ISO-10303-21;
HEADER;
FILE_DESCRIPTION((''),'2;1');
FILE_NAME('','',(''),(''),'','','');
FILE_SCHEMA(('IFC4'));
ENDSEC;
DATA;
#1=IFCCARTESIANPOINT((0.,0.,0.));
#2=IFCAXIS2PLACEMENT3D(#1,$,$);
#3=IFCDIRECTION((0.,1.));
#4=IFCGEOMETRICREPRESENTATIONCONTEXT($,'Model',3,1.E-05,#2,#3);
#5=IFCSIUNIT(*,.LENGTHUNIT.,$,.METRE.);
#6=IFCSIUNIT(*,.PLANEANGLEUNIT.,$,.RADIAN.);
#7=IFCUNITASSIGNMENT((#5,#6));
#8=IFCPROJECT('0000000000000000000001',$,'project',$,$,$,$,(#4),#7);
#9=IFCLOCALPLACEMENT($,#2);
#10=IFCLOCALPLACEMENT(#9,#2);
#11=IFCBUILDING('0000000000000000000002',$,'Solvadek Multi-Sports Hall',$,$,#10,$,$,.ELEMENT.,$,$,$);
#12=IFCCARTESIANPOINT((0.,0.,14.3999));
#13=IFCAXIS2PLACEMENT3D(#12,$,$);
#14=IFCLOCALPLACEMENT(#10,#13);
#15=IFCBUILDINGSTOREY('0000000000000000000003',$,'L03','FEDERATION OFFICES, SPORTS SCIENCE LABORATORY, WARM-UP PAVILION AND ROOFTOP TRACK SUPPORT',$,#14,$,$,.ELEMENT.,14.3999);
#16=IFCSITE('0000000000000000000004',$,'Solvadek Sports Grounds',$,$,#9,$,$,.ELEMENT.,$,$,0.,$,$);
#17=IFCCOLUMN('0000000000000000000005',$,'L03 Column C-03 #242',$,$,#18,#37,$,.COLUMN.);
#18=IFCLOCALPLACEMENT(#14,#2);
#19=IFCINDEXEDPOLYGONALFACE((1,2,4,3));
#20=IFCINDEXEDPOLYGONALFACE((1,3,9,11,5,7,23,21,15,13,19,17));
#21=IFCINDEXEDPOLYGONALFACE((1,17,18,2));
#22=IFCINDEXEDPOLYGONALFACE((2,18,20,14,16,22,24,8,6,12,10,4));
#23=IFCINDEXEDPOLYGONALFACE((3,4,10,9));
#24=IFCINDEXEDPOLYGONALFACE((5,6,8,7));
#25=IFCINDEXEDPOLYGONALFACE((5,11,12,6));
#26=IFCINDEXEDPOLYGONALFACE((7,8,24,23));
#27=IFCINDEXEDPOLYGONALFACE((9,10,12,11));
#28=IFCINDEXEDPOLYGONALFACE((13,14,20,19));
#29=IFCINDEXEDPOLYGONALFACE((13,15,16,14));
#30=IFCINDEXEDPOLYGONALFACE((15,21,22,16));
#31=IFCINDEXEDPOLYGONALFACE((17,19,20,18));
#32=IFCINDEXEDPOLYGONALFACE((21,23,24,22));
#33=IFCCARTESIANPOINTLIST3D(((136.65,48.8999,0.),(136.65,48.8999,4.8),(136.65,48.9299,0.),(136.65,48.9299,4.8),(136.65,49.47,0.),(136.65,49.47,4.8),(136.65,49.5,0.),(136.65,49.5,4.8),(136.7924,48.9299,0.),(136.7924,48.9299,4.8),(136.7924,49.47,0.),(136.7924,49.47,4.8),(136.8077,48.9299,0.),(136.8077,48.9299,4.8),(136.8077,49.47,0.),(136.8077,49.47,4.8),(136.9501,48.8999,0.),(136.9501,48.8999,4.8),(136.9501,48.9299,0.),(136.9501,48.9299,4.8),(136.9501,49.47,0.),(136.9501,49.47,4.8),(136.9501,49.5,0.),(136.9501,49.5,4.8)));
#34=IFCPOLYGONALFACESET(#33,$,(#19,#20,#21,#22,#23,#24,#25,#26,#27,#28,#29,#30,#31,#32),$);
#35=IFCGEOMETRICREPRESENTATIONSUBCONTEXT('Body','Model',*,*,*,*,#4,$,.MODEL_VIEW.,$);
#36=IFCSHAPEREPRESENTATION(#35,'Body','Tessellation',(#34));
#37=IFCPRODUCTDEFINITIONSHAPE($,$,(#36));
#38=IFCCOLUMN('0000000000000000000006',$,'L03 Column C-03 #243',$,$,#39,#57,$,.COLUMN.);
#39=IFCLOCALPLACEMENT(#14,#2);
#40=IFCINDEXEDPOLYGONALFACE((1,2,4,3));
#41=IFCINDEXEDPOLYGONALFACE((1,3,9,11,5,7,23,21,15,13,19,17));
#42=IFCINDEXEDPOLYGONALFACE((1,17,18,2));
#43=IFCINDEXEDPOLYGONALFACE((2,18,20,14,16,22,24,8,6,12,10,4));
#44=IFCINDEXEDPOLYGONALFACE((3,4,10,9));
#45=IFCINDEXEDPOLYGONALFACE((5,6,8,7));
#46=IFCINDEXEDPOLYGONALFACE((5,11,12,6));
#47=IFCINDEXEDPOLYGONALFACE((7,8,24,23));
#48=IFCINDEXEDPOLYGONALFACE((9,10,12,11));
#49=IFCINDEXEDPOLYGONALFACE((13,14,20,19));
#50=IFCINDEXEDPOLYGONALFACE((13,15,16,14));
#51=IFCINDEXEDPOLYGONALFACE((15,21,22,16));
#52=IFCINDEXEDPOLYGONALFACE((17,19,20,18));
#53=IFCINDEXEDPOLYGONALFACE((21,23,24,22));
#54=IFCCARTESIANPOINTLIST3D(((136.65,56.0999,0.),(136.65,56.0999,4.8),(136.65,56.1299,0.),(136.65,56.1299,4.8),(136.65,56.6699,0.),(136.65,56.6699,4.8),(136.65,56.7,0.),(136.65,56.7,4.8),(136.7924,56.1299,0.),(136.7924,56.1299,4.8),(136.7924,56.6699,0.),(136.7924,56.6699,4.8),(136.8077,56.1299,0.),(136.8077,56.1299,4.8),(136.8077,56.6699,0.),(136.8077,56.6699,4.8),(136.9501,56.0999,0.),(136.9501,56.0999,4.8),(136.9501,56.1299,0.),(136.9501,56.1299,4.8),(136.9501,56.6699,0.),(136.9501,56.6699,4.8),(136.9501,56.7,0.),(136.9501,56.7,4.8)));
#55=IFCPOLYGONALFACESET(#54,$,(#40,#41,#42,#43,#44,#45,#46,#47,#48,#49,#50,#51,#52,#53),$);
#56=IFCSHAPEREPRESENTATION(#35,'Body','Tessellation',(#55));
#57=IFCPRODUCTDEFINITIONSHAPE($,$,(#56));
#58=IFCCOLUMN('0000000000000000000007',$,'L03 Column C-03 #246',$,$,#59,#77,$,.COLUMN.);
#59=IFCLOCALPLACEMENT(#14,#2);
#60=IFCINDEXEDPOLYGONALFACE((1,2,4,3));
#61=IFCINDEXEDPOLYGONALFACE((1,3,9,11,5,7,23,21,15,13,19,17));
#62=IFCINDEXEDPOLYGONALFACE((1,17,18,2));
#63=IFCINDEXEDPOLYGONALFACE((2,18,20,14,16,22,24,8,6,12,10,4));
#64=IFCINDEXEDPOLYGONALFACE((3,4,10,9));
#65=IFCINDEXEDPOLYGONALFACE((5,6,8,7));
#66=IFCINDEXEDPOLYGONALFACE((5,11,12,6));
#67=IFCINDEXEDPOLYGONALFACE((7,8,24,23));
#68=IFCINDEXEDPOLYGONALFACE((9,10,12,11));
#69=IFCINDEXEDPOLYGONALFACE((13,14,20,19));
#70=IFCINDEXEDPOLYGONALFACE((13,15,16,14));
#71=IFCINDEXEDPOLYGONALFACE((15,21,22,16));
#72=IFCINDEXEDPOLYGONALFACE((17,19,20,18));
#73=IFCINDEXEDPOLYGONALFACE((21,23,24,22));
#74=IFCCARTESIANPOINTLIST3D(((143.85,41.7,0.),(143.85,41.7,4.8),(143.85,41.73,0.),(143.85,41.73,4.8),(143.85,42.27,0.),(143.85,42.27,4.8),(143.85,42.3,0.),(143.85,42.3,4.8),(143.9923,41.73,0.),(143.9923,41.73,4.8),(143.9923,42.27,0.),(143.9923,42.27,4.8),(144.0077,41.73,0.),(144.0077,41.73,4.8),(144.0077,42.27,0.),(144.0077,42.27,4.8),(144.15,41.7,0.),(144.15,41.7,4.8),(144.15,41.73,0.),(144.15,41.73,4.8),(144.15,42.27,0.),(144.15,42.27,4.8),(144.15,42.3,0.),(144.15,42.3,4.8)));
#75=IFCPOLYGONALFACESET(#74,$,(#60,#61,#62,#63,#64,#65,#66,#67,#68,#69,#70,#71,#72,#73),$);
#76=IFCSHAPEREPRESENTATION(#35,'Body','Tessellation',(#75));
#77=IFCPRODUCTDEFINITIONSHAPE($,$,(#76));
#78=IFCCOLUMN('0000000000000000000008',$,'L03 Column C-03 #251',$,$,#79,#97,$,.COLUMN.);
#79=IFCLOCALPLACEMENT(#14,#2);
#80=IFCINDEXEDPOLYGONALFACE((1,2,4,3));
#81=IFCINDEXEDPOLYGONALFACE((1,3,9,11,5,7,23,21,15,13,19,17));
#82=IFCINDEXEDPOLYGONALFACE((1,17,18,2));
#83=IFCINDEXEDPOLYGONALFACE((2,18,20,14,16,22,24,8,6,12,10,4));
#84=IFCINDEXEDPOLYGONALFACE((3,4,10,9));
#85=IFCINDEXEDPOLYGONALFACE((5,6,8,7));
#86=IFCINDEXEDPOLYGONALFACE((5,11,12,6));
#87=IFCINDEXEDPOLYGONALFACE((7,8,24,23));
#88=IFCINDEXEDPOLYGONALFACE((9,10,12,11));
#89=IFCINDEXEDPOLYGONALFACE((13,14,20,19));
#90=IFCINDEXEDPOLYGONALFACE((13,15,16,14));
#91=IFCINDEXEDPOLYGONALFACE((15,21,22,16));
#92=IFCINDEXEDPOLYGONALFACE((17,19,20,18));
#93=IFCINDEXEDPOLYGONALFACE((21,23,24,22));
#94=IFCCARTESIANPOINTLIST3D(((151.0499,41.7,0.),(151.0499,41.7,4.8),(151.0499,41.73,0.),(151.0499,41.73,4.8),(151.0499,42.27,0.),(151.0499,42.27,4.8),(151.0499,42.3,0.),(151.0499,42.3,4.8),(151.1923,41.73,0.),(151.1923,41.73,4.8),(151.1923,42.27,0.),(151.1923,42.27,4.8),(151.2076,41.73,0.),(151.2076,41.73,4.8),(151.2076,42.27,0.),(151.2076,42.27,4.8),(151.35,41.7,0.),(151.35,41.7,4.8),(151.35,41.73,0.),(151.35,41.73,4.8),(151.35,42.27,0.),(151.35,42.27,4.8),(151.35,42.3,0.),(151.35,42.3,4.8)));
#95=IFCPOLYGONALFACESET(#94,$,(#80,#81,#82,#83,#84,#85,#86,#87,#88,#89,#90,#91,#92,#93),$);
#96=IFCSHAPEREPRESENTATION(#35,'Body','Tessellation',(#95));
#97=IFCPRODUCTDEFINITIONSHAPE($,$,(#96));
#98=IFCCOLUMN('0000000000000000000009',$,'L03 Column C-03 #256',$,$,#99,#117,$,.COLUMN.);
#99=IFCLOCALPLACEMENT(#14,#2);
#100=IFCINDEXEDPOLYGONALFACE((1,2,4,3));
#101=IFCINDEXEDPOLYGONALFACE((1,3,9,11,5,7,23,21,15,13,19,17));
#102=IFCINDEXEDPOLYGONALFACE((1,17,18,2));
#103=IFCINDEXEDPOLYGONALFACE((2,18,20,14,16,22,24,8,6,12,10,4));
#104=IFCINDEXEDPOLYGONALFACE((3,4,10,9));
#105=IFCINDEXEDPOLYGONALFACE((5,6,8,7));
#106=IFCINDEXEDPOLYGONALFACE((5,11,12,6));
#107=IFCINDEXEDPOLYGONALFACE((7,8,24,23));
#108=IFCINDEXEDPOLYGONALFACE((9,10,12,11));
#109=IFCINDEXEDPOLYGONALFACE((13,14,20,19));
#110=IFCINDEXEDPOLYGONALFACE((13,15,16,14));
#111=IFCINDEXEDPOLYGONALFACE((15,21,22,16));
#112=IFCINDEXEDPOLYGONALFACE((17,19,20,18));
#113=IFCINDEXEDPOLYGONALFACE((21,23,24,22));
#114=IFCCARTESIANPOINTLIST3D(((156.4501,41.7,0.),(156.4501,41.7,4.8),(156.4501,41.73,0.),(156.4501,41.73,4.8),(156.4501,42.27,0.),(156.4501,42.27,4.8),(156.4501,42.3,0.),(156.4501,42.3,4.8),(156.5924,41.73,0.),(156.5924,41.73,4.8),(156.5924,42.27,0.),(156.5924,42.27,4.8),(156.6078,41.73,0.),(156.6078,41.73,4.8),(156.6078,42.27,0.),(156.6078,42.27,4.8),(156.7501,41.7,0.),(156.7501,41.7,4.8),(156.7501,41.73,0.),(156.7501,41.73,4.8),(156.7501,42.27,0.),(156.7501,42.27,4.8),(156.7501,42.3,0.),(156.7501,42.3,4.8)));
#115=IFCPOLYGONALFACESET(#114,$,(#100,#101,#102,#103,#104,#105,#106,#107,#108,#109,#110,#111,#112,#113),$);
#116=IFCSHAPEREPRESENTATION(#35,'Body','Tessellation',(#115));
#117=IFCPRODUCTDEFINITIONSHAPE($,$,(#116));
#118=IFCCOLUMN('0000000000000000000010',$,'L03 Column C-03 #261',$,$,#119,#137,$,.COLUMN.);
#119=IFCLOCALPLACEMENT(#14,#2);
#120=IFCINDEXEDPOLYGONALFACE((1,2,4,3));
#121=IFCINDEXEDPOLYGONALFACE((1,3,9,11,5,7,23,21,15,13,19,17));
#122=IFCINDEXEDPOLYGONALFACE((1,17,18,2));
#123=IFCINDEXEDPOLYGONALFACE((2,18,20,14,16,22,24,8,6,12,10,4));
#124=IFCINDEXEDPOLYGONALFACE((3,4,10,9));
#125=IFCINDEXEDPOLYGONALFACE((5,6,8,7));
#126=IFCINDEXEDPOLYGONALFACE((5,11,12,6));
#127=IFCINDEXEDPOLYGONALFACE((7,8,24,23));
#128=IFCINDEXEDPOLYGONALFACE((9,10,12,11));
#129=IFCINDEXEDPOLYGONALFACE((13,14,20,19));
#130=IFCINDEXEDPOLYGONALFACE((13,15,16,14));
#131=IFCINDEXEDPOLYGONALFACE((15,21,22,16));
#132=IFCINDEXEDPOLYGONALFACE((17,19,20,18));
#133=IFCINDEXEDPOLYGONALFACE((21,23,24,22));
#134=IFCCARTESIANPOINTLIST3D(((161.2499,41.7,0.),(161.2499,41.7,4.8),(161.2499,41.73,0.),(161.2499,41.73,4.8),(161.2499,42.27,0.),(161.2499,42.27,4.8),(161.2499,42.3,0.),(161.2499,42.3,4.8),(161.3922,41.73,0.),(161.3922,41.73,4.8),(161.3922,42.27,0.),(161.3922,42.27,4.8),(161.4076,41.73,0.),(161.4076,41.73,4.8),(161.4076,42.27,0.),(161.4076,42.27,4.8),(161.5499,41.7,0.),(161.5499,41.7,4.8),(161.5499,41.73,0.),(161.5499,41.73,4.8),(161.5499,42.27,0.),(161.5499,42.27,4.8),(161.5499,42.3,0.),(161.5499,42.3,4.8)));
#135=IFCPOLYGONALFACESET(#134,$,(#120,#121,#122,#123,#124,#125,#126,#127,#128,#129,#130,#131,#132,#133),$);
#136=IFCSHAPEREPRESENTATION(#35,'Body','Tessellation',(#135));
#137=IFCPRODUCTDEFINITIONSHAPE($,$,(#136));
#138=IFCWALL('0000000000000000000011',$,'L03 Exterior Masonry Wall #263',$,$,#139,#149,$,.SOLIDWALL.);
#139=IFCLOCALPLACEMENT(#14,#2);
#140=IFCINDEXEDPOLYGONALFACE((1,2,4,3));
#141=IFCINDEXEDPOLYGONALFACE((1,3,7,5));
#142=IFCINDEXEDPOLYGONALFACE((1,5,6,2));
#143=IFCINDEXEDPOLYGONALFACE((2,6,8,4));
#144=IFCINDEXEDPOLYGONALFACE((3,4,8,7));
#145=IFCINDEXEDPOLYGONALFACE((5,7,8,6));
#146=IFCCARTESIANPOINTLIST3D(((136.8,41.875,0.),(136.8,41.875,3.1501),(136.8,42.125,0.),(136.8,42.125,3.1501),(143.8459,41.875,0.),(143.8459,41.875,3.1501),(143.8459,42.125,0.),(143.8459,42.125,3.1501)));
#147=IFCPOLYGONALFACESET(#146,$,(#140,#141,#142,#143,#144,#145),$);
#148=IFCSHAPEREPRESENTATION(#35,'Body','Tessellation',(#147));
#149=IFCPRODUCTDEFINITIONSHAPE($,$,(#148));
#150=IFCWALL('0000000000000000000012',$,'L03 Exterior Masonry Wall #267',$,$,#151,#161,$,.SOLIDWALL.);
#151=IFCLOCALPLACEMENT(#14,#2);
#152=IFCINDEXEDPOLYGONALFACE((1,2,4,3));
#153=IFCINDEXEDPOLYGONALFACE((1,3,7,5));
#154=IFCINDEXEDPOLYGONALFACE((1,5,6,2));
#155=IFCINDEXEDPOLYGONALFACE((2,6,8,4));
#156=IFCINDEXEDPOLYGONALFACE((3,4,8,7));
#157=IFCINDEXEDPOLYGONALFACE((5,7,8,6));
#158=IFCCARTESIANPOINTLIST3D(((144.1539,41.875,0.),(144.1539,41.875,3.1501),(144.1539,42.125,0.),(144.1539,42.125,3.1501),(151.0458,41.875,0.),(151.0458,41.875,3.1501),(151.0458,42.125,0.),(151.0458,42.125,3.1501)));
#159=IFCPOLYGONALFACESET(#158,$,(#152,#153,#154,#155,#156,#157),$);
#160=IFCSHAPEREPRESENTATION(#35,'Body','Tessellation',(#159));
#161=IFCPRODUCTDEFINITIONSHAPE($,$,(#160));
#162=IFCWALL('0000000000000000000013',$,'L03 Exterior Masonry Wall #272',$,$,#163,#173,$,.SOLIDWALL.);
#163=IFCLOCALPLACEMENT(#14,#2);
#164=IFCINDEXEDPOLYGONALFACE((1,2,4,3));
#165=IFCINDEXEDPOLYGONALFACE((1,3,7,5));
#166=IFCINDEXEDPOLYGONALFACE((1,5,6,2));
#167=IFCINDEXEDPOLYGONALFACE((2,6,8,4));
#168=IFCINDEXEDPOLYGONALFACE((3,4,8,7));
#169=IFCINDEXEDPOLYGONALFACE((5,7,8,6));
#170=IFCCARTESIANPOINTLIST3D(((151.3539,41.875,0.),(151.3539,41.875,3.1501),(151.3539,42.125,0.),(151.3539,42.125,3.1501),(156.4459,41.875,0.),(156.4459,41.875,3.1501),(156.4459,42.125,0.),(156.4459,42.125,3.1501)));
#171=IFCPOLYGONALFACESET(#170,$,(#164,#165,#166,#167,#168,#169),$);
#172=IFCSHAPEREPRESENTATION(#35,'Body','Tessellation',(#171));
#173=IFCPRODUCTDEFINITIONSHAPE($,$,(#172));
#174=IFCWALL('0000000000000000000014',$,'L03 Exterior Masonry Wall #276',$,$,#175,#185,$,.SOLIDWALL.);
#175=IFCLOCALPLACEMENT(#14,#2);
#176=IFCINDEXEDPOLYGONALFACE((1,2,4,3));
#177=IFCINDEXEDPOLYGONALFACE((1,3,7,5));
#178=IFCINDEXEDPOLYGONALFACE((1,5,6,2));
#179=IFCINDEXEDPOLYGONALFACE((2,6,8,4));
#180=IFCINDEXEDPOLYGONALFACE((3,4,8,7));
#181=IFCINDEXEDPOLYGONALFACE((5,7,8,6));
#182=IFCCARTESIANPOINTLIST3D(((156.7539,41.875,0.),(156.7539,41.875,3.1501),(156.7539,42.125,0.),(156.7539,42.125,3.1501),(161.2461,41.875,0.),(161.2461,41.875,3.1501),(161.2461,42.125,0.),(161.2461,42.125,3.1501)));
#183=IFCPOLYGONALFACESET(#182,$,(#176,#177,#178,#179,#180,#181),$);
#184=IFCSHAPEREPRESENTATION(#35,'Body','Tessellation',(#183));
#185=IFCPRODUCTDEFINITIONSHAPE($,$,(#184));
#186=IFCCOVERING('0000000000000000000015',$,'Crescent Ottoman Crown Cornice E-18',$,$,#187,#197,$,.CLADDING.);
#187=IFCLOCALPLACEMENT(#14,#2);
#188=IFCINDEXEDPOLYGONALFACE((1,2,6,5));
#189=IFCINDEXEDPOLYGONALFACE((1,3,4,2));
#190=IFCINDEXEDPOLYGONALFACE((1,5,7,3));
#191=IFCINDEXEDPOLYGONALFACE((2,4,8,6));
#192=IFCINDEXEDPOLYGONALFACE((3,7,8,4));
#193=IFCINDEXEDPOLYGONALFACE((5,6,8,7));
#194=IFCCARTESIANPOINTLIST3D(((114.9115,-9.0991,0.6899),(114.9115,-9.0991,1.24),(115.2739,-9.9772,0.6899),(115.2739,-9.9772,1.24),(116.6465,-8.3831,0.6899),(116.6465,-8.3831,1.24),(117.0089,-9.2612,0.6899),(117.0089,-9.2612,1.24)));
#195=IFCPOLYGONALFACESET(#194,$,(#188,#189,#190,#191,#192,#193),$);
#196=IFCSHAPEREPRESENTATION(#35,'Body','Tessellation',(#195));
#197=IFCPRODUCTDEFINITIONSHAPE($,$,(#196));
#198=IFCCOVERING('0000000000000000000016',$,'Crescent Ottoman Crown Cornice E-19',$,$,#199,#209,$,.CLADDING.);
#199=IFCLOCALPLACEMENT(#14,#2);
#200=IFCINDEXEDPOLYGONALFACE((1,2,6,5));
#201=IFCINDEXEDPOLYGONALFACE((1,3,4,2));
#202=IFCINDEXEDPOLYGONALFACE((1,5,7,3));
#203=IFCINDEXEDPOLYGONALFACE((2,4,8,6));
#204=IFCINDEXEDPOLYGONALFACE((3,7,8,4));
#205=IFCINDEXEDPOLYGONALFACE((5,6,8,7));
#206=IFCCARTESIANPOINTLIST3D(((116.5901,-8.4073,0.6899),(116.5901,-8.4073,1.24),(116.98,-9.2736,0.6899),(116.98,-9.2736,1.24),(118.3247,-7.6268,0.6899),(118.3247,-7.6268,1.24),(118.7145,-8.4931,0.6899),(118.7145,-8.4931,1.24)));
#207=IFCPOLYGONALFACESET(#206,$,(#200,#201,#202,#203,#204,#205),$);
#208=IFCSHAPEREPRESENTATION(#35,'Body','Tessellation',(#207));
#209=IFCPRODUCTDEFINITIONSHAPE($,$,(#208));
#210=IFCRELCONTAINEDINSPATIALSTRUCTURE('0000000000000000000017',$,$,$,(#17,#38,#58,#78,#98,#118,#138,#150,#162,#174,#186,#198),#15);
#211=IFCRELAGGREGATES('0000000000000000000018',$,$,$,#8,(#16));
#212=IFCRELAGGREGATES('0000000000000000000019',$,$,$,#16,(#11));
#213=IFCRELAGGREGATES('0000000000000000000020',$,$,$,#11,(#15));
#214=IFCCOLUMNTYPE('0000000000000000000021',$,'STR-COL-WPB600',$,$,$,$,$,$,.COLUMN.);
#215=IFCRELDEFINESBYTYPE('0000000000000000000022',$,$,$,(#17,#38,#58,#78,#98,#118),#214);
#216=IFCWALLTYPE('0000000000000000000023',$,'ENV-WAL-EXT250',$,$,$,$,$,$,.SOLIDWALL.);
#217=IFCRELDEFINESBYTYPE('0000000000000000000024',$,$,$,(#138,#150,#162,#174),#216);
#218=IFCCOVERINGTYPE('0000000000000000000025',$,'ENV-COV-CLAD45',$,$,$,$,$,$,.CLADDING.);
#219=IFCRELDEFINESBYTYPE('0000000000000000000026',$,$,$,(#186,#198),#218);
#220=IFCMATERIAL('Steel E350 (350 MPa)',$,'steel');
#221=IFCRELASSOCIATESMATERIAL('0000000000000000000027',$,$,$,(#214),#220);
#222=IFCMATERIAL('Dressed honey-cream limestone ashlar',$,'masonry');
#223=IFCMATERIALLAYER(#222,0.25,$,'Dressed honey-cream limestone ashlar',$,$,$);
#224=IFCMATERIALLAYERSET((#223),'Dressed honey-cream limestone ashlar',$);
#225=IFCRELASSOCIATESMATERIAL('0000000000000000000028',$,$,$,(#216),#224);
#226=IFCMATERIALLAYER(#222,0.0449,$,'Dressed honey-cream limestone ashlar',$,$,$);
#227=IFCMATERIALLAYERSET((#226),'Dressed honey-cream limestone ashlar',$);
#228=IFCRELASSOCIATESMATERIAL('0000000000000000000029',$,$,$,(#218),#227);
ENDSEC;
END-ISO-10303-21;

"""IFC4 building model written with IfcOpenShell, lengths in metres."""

from ifc_helpers import new_model, si_unit, direction, frame, frame_2d, origin, origin_2d, place, context, subcontext, project, spatial, rectangle, i_section, extrude, material, layer, layer_set, material_profile, profile_set, type_object, element, save


model = new_model("IFC4")

# Units and contexts
model_context = context("Model", 3, precision=1e-05, world=origin(), true_north=direction((0.0, 1.0)))
body_context = subcontext(model_context, "Body", "Model", "MODEL_VIEW")
ifc_project = project(units=[si_unit("LENGTHUNIT", "METRE"), si_unit("PLANEANGLEUNIT", "RADIAN")], contexts=[model_context])

# Site, building, storey
site_placement = place(None, origin())
site = spatial("IfcSite", under=ifc_project, at=site_placement, Name="Solvadek Sports Grounds", CompositionType="ELEMENT", RefElevation=0.0)
building_placement = place(site_placement, origin())
building = spatial("IfcBuilding", under=site, at=building_placement, Name="Solvadek Multi-Sports Hall", CompositionType="ELEMENT")
storey_placement = place(building_placement, frame((0.0, 0.0, 14.3999)))
storey = spatial("IfcBuildingStorey", under=building, at=storey_placement, Name="L03", Description="FEDERATION OFFICES, SPORTS SCIENCE LABORATORY, WARM-UP PAVILION AND ROOFTOP TRACK SUPPORT", CompositionType="ELEMENT", Elevation=14.3999)

# Columns
ifc_material_1 = material(Name="Steel E350 (350 MPa)", Category="steel")
ifc_material_profile = material_profile(ifc_material_1, i_section(OverallWidth=0.3, OverallDepth=0.6001, WebThickness=0.0154, FlangeThickness=0.03, at=origin_2d()), Name="WPB 600")
ifc_profile_set = profile_set([ifc_material_profile], Name="Steel E350 (350 MPa)")
column_type = type_object("IfcColumnType", Name="STR-COL-WPB600", PredefinedType="COLUMN", material=ifc_profile_set)
for number, where, z_axis, x_axis, name in (
    (1, (136.8, 49.2, 0.0), (0.0, 0.0, 1.0), (1.0, 0.0, 0.0), "L03 Column C-03 #242"),
    (2, (136.8, 56.3999, 0.0), (0.0, 0.0, 1.0), (1.0, 0.0, 0.0), "L03 Column C-03 #243"),
    (3, (144.0, 42.0, 0.0), (0.0, 0.0, 1.0), (1.0, 0.0, 0.0), "L03 Column C-03 #246"),
    (4, (151.2, 42.0, 0.0), (0.0, 0.0, 1.0), (1.0, 0.0, 0.0), "L03 Column C-03 #251"),
    (5, (156.6001, 42.0, 0.0), (0.0, 0.0, 1.0), (1.0, 0.0, 0.0), "L03 Column C-03 #256"),
    (6, (161.3999, 42.0, 0.0), (0.0, 0.0, 1.0), (1.0, 0.0, 0.0), "L03 Column C-03 #261"),
):
    element("IfcColumn", number, at=place(storey_placement, frame(where, z_axis=z_axis, x_axis=x_axis)), inside=storey, type_object=column_type, Name=name, PredefinedType="COLUMN", context=body_context, shape_type="SweptSolid", body=[
        extrude(i_section(OverallWidth=0.3, OverallDepth=0.6001, WebThickness=0.0154, FlangeThickness=0.03, at=origin_2d()), origin(), (0.0, 0.0, 1.0), 4.8),
    ])

# Walls
ifc_material_2 = material(Name="Dressed honey-cream limestone ashlar", Category="masonry")
ifc_layer_1 = layer(ifc_material_2, 0.25, Name="Dressed honey-cream limestone ashlar")
ifc_layer_set_1 = layer_set([ifc_layer_1], Name="Dressed honey-cream limestone ashlar")
wall_type = type_object("IfcWallType", Name="ENV-WAL-EXT250", PredefinedType="SOLIDWALL", material=ifc_layer_set_1)
wall_1_placement = place(storey_placement, frame((136.8, 42.0, 0.0), z_axis=(0.0, 0.0, 1.0), x_axis=(1.0, 0.0, 0.0)))
element("IfcWall", 7, at=wall_1_placement, inside=storey, type_object=wall_type, Name="L03 Exterior Masonry Wall #263", PredefinedType="SOLIDWALL", context=body_context, shape_type="SweptSolid", body=[
    extrude(rectangle(XDim=7.0459, YDim=0.25, at=frame_2d((3.5229, 0.0))), origin(), (0.0, 0.0, 1.0), 3.1501),
])
wall_2_placement = place(storey_placement, frame((144.1541, 42.0, 0.0), z_axis=(0.0, 0.0, 1.0), x_axis=(1.0, 0.0, 0.0)))
element("IfcWall", 8, at=wall_2_placement, inside=storey, type_object=wall_type, Name="L03 Exterior Masonry Wall #267", PredefinedType="SOLIDWALL", context=body_context, shape_type="SweptSolid", body=[
    extrude(rectangle(XDim=6.8918, YDim=0.25, at=frame_2d((3.4458, 0.0))), origin(), (0.0, 0.0, 1.0), 3.1501),
])
wall_3_placement = place(storey_placement, frame((151.354, 42.0, 0.0), z_axis=(0.0, 0.0, 1.0), x_axis=(1.0, 0.0, 0.0)))
element("IfcWall", 9, at=wall_3_placement, inside=storey, type_object=wall_type, Name="L03 Exterior Masonry Wall #272", PredefinedType="SOLIDWALL", context=body_context, shape_type="SweptSolid", body=[
    extrude(rectangle(XDim=5.092, YDim=0.25, at=frame_2d((2.5459, 0.0))), origin(), (0.0, 0.0, 1.0), 3.1501),
])
wall_4_placement = place(storey_placement, frame((156.7539, 42.0, 0.0), z_axis=(0.0, 0.0, 1.0), x_axis=(1.0, 0.0, 0.0)))
element("IfcWall", 10, at=wall_4_placement, inside=storey, type_object=wall_type, Name="L03 Exterior Masonry Wall #276", PredefinedType="SOLIDWALL", context=body_context, shape_type="SweptSolid", body=[
    extrude(rectangle(XDim=4.4922, YDim=0.25, at=frame_2d((2.2461, 0.0))), origin(), (0.0, 0.0, 1.0), 3.1501),
])

# Coverings
ifc_layer_2 = layer(ifc_material_2, 0.0449, Name="Dressed honey-cream limestone ashlar")
ifc_layer_set_2 = layer_set([ifc_layer_2], Name="Dressed honey-cream limestone ashlar")
covering_type = type_object("IfcCoveringType", Name="ENV-COV-CLAD45", PredefinedType="CLADDING", material=ifc_layer_set_2)
covering_1_placement = place(storey_placement, frame((115.9602, -9.1802, 0.6899), z_axis=(0.0, 0.0, 1.0), x_axis=(0.92438, 0.381472, 0.0)))
element("IfcCovering", 11, at=covering_1_placement, inside=storey, type_object=covering_type, Name="Crescent Ottoman Crown Cornice E-18", PredefinedType="CLADDING", context=body_context, shape_type="SweptSolid", body=[
    extrude(rectangle(XDim=1.877, YDim=0.95, at=origin_2d()), origin(), (0.0, 0.0, 1.0), 0.55),
])
covering_2_placement = place(storey_placement, frame((117.6523, -8.4502, 0.6899), z_axis=(0.0, 0.0, 1.0), x_axis=(0.911922, 0.410365, 0.0)))
element("IfcCovering", 12, at=covering_2_placement, inside=storey, type_object=covering_type, Name="Crescent Ottoman Crown Cornice E-19", PredefinedType="CLADDING", context=body_context, shape_type="SweptSolid", body=[
    extrude(rectangle(XDim=1.9021, YDim=0.95, at=origin_2d()), origin(), (0.0, 0.0, 1.0), 0.55),
])

save(model, "model.ifc")
